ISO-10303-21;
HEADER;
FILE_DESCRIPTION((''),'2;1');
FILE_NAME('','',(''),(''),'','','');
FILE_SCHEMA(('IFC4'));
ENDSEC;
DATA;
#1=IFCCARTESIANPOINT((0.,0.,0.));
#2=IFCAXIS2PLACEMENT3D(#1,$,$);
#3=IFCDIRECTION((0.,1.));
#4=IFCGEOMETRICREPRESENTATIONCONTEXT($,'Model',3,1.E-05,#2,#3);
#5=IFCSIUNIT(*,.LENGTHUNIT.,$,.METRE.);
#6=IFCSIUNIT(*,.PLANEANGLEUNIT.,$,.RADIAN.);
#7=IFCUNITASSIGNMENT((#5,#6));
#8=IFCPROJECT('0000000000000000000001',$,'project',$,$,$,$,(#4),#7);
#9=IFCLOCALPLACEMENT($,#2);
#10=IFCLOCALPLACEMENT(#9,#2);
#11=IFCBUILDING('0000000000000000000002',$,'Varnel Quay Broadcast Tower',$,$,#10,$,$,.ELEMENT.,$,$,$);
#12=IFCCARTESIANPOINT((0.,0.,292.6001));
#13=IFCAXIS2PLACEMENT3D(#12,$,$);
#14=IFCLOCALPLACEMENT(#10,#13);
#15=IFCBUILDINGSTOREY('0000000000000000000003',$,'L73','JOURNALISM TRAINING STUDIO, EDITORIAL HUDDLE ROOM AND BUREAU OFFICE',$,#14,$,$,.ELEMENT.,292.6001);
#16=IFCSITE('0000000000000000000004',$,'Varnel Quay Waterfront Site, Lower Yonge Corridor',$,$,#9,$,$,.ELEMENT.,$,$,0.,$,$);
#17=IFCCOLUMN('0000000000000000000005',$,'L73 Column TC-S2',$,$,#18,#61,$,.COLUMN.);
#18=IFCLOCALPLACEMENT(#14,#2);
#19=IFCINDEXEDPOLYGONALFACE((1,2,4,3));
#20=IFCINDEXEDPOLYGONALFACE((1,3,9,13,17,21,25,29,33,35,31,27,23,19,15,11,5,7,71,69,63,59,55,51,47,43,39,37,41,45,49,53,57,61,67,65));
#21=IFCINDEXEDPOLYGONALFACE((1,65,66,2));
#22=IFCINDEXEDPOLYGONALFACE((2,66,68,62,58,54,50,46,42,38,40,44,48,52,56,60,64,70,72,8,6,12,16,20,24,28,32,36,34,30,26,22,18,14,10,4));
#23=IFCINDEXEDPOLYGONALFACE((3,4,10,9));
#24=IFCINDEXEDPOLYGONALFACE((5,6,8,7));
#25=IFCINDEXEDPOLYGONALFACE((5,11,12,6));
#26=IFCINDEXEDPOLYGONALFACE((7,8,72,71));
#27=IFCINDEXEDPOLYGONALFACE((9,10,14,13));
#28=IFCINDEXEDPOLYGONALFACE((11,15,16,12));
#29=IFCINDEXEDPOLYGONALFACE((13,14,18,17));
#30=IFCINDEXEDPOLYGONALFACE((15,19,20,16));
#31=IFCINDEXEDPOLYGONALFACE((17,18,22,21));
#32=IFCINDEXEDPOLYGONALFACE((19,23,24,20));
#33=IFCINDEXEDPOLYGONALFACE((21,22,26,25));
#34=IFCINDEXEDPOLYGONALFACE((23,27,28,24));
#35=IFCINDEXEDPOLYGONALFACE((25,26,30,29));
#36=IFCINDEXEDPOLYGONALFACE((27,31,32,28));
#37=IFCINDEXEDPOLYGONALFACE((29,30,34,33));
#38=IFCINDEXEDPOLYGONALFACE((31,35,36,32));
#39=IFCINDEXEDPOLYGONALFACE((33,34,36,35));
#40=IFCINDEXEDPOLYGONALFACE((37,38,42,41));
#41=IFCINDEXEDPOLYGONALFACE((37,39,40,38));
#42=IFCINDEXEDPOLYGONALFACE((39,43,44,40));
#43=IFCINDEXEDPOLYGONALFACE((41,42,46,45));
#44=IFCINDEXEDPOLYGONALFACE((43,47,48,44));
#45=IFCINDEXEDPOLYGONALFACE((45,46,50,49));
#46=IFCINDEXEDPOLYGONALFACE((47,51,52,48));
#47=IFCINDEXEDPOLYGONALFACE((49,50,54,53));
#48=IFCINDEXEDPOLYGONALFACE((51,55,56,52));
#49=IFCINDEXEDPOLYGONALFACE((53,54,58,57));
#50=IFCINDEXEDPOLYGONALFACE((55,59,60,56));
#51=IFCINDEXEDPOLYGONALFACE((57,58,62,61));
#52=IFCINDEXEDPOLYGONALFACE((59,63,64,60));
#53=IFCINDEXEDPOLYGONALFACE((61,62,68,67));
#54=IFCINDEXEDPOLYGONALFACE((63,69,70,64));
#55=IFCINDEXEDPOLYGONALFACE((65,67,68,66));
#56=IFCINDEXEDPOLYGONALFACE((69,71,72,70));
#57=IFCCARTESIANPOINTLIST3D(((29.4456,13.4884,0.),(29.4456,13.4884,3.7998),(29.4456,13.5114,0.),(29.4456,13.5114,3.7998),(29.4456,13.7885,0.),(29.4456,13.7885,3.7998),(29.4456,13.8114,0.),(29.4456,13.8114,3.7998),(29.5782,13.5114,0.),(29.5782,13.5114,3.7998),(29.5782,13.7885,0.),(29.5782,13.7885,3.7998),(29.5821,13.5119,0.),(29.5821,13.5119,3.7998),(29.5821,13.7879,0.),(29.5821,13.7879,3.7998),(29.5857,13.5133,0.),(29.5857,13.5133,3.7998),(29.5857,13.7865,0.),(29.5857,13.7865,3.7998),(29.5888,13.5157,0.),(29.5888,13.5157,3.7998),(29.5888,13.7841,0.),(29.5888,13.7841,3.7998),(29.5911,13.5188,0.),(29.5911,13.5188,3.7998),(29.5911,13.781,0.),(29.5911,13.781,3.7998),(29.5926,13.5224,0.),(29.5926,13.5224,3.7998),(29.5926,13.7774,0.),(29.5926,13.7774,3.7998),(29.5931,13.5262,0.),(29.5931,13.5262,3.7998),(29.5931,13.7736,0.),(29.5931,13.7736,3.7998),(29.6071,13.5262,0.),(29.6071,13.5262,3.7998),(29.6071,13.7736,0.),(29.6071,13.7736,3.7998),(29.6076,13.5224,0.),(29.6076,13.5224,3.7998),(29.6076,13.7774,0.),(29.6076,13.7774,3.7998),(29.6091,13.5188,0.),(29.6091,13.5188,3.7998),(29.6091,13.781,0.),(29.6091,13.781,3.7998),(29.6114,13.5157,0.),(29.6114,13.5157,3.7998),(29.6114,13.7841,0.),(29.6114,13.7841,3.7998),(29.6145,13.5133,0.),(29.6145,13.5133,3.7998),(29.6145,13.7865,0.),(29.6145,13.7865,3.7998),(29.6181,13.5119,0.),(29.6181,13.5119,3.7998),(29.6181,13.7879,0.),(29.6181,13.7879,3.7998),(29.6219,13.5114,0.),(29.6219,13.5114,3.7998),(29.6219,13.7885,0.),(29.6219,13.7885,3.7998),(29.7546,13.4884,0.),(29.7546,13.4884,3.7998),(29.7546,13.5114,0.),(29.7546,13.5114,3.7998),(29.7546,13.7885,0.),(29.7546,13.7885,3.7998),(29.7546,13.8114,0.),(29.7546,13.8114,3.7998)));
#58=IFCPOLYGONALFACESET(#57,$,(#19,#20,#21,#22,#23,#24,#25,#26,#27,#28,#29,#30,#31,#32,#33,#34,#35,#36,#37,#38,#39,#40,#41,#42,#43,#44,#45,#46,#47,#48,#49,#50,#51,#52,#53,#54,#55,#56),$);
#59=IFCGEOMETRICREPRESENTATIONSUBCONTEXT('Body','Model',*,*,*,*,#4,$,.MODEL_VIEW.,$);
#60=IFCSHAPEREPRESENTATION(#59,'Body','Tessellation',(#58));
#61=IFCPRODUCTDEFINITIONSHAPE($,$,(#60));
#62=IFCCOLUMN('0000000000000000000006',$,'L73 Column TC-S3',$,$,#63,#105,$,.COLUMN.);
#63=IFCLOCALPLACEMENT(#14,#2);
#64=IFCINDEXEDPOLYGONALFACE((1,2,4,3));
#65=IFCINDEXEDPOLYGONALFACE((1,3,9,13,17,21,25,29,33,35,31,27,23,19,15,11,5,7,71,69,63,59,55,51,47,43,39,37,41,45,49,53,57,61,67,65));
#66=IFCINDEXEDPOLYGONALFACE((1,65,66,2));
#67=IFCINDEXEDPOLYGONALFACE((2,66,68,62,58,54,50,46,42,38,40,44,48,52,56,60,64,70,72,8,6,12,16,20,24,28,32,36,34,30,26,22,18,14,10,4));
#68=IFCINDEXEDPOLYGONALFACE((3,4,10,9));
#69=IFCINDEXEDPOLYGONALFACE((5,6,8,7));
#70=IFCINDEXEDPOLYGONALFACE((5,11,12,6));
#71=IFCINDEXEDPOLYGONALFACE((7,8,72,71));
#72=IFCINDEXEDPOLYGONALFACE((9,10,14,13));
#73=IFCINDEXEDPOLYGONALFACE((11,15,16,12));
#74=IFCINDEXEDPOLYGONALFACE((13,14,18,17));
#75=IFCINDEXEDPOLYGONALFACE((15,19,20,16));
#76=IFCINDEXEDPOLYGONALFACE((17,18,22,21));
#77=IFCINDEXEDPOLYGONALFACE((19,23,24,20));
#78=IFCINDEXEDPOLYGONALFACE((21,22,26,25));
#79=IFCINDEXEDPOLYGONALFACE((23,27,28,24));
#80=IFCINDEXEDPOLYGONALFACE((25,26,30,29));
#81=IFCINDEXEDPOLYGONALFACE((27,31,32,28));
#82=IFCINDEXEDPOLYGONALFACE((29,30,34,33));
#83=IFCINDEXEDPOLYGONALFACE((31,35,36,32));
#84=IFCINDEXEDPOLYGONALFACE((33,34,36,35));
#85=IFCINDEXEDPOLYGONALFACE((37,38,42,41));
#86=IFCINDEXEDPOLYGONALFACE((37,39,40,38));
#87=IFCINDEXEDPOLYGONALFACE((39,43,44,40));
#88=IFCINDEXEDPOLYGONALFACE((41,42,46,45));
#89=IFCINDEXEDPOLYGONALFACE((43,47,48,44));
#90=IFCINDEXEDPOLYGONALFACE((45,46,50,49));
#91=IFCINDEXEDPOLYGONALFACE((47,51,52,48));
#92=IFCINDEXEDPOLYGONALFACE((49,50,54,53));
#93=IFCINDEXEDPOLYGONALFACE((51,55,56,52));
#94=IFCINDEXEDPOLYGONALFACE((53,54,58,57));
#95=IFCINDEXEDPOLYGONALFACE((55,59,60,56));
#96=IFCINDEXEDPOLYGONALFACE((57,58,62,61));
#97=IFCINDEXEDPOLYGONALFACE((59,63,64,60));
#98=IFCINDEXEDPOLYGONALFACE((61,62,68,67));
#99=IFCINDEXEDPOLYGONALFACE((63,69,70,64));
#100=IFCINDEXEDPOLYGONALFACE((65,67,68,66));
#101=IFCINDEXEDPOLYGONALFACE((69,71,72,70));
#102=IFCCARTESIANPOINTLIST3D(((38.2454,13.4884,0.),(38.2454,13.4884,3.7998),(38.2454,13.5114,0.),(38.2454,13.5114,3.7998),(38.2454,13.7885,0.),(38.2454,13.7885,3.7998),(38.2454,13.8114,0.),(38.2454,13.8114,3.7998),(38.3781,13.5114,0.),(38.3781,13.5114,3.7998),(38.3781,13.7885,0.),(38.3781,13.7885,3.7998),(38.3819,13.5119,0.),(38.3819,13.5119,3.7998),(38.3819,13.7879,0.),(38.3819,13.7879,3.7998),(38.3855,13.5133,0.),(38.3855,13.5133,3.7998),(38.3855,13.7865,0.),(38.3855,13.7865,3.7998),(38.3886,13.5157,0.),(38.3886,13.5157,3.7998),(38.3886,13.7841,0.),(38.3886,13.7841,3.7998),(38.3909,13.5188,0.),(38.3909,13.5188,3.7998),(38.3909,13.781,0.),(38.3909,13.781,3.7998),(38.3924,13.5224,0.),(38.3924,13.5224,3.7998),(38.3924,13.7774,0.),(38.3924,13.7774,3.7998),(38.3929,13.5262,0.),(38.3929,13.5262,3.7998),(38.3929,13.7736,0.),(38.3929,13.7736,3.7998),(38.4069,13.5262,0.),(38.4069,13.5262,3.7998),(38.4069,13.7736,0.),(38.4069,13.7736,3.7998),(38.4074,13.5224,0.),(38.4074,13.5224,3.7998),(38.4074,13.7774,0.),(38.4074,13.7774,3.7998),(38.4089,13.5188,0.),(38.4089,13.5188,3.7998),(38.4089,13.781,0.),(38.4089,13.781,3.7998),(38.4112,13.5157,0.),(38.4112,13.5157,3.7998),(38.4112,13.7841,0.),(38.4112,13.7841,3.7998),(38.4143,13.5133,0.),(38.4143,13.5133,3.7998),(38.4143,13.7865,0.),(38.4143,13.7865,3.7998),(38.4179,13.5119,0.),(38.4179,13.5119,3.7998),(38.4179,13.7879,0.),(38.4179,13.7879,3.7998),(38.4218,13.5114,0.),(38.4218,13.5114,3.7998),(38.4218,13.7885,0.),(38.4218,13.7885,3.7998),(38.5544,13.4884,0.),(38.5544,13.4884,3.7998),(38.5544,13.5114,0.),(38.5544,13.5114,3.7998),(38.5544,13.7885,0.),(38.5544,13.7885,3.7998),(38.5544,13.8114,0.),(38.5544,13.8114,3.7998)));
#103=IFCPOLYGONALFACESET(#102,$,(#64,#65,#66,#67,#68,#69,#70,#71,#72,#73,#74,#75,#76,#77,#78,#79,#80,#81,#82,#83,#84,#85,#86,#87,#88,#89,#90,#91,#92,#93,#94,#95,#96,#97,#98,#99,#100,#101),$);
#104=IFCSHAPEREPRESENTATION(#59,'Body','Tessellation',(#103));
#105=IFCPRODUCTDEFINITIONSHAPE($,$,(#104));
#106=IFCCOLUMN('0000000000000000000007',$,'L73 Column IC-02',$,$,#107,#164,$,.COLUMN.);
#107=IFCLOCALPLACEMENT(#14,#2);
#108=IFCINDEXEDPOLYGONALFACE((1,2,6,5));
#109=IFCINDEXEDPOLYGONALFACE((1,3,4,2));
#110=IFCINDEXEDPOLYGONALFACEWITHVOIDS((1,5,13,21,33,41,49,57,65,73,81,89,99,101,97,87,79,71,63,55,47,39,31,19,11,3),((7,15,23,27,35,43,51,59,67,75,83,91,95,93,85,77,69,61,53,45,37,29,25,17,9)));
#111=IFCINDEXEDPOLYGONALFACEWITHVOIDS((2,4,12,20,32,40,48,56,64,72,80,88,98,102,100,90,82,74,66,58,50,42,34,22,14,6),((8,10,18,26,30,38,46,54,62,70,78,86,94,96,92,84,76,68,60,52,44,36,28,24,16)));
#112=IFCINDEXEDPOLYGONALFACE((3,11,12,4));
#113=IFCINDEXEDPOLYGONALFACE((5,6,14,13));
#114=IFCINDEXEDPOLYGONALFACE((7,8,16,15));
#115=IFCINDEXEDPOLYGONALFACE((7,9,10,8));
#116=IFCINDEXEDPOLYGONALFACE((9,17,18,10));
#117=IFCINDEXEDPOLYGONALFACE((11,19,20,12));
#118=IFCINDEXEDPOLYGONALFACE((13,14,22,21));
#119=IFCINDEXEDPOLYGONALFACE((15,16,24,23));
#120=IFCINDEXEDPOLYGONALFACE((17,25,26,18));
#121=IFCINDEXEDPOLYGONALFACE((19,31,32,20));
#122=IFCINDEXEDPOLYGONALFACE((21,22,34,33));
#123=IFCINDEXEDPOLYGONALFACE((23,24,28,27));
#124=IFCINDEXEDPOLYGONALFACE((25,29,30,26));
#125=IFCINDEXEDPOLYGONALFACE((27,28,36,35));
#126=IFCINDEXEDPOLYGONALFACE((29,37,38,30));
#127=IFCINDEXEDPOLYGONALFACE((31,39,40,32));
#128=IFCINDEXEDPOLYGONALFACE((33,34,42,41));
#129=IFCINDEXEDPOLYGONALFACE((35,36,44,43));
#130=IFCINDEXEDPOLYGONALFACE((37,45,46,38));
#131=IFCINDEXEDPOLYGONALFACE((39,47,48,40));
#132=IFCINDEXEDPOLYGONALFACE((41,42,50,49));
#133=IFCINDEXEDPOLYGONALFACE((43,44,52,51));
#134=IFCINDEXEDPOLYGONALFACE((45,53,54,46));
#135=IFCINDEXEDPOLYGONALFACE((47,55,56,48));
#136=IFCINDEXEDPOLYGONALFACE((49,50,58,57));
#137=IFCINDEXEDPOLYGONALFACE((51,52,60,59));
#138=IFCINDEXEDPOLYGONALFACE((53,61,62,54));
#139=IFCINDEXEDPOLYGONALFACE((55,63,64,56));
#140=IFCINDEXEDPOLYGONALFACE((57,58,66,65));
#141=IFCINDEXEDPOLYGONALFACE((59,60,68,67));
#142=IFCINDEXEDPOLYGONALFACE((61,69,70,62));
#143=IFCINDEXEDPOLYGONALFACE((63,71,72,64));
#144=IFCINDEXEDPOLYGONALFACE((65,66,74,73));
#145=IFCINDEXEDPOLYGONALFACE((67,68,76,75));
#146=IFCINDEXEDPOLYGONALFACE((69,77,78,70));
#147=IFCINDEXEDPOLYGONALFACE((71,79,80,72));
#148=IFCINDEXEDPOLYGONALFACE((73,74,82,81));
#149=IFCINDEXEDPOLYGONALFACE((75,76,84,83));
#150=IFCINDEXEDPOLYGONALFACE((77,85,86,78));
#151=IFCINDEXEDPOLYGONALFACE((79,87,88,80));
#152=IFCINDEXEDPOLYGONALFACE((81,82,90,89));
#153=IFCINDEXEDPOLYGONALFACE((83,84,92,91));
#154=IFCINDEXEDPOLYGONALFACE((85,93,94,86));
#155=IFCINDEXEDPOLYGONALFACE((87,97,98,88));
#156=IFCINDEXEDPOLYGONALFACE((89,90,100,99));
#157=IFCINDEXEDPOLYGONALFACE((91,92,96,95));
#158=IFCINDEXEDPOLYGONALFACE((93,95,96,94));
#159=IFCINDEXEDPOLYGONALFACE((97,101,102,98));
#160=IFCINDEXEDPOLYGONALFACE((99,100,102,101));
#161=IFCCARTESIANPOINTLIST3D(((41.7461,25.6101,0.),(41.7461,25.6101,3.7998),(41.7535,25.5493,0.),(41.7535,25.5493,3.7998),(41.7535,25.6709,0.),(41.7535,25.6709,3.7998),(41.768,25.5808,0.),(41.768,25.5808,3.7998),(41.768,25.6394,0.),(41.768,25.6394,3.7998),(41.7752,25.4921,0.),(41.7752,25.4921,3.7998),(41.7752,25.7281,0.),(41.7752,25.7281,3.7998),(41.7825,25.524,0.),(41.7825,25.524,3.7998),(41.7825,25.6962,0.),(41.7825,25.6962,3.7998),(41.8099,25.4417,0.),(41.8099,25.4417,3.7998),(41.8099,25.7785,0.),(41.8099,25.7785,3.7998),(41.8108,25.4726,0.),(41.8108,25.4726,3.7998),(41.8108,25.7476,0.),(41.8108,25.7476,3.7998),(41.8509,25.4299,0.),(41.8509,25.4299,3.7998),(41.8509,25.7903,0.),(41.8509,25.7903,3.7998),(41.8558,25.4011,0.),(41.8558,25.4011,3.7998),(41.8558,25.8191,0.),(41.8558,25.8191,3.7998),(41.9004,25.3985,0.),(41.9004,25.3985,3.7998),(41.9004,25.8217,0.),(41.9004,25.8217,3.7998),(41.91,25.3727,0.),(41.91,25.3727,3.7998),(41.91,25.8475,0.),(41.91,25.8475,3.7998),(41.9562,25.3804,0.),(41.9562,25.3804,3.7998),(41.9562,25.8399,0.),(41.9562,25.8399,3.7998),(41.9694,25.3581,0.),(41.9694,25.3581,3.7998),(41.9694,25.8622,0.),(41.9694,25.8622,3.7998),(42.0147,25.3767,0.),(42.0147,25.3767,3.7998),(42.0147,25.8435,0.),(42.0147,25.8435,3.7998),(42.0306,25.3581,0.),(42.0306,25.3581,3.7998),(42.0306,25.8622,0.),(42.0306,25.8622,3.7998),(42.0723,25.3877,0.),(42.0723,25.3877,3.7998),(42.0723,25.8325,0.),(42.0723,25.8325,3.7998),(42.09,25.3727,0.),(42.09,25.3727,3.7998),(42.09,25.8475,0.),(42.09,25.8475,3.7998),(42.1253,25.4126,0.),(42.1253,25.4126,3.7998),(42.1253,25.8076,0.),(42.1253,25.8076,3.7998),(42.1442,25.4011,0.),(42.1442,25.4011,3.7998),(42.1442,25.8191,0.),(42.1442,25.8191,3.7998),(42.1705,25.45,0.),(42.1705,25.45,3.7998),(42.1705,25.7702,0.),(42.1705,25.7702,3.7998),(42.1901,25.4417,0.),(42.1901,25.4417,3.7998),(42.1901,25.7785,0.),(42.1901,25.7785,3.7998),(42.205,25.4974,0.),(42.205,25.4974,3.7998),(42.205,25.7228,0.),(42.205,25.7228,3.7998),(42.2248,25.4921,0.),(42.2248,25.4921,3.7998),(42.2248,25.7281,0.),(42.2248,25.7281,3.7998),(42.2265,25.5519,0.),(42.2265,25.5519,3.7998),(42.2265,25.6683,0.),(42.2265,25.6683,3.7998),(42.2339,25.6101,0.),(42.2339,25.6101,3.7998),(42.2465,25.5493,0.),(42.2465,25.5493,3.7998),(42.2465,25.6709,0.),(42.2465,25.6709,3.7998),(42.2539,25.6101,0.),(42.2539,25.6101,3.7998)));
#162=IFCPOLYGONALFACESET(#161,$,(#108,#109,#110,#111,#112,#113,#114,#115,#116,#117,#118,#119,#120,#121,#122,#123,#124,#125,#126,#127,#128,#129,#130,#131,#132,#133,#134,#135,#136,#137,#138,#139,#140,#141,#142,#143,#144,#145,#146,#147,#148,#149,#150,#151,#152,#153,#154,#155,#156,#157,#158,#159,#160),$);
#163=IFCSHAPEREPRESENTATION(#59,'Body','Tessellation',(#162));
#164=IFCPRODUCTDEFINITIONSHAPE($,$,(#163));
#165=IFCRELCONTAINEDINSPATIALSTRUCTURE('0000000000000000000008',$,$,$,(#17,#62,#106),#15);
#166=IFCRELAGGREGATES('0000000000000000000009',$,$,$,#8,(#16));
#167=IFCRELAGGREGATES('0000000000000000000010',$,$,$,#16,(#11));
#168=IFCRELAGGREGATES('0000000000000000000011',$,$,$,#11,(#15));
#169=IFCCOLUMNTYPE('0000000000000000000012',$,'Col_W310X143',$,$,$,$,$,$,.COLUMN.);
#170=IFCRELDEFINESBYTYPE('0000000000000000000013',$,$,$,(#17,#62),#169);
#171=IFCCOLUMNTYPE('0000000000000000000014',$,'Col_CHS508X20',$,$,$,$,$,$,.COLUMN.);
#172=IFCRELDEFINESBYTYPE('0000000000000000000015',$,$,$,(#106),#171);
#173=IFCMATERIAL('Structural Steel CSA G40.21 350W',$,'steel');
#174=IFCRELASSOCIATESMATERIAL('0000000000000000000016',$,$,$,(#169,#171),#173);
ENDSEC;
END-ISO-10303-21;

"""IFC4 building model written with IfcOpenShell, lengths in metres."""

from ifc_helpers import new_model, si_unit, direction, frame, origin, origin_2d, place, context, subcontext, project, spatial, hollow_circle, i_section, extrude, source, transform, mapped, material, material_profile, profile_set, type_object, type_shapes, element, save


model = new_model("IFC4")

# Units and contexts
model_context = context("Model", 3, precision=1e-05, world=origin(), true_north=direction((0.0, 1.0)))
body_context = subcontext(model_context, "Body", "Model", "MODEL_VIEW")
ifc_project = project(units=[si_unit("LENGTHUNIT", "METRE"), si_unit("PLANEANGLEUNIT", "RADIAN")], contexts=[model_context])

# Site, building, storey
site_placement = place(None, origin())
site = spatial("IfcSite", under=ifc_project, at=site_placement, Name="Varnel Quay Waterfront Site, Lower Yonge Corridor", CompositionType="ELEMENT", RefElevation=0.0)
building_placement = place(site_placement, origin())
building = spatial("IfcBuilding", under=site, at=building_placement, Name="Varnel Quay Broadcast Tower", CompositionType="ELEMENT")
storey_placement = place(building_placement, frame((0.0, 0.0, 292.6001)))
storey = spatial("IfcBuildingStorey", under=building, at=storey_placement, Name="L73", Description="JOURNALISM TRAINING STUDIO, EDITORIAL HUDDLE ROOM AND BUREAU OFFICE", CompositionType="ELEMENT", Elevation=292.6001)

# Columns
ifc_material_1 = material(Name="Structural Steel CSA G40.21 350W", Category="steel")
ifc_material_profile_1 = material_profile(ifc_material_1, i_section(OverallWidth=0.3091, OverallDepth=0.323, WebThickness=0.0139, FlangeThickness=0.0229, FilletRadius=0.0149, at=origin_2d()), Name="W310X143")
ifc_profile_set_1 = profile_set([ifc_material_profile_1], Name="Structural Steel CSA G40.21 350W")
column_type_1 = type_object("IfcColumnType", Name="Col_W310X143", PredefinedType="COLUMN", material=ifc_profile_set_1)
shared_shape_1 = source(origin(), body_context, "Body", "SweptSolid", [
    extrude(i_section(OverallWidth=0.3091, OverallDepth=0.323, WebThickness=0.0139, FlangeThickness=0.0229, FilletRadius=0.0149, at=origin_2d()), origin(), (0.0, 0.0, 1.0), 3.7998),
])
type_shapes(column_type_1, [shared_shape_1])
for number, where, z_axis, x_axis, name in (
    (1, (29.6001, 13.6499, 0.0), (0.0, 0.0, 1.0), (1.0, 0.0, 0.0), "L73 Column TC-S2"),
    (2, (38.3999, 13.6499, 0.0), (0.0, 0.0, 1.0), (1.0, 0.0, 0.0), "L73 Column TC-S3"),
):
    element("IfcColumn", number, at=place(storey_placement, frame(where, z_axis=z_axis, x_axis=x_axis)), inside=storey, type_object=column_type_1, Name=name, PredefinedType="COLUMN", context=body_context, shape_type="MappedRepresentation", body=[
        mapped(shared_shape_1, transform((0.0, 0.0, 0.0), x_axis=(1.0, 0.0, 0.0), y_axis=(0.0, 1.0, 0.0), z_axis=(0.0, 0.0, 1.0), scale=1.0)),
    ])
ifc_material_profile_2 = material_profile(ifc_material_1, hollow_circle(Radius=0.2539, WallThickness=0.02, at=origin_2d()), Name="CHS508X20")
ifc_profile_set_2 = profile_set([ifc_material_profile_2], Name="Structural Steel CSA G40.21 350W")
column_type_2 = type_object("IfcColumnType", Name="Col_CHS508X20", PredefinedType="COLUMN", material=ifc_profile_set_2)
shared_shape_2 = source(origin(), body_context, "Body", "SweptSolid", [
    extrude(hollow_circle(Radius=0.2539, WallThickness=0.02, at=origin_2d()), origin(), (0.0, 0.0, 1.0), 3.7998),
])
type_shapes(column_type_2, [shared_shape_2])
column_placement = place(storey_placement, frame((42.0, 25.6101, 0.0), z_axis=(0.0, 0.0, 1.0), x_axis=(1.0, 0.0, 0.0)))
element("IfcColumn", 3, at=column_placement, inside=storey, type_object=column_type_2, Name="L73 Column IC-02", PredefinedType="COLUMN", context=body_context, shape_type="MappedRepresentation", body=[
    mapped(shared_shape_2, transform((0.0, 0.0, 0.0), x_axis=(1.0, 0.0, 0.0), y_axis=(0.0, 1.0, 0.0), z_axis=(0.0, 0.0, 1.0), scale=1.0)),
])

save(model, "model.ifc")
